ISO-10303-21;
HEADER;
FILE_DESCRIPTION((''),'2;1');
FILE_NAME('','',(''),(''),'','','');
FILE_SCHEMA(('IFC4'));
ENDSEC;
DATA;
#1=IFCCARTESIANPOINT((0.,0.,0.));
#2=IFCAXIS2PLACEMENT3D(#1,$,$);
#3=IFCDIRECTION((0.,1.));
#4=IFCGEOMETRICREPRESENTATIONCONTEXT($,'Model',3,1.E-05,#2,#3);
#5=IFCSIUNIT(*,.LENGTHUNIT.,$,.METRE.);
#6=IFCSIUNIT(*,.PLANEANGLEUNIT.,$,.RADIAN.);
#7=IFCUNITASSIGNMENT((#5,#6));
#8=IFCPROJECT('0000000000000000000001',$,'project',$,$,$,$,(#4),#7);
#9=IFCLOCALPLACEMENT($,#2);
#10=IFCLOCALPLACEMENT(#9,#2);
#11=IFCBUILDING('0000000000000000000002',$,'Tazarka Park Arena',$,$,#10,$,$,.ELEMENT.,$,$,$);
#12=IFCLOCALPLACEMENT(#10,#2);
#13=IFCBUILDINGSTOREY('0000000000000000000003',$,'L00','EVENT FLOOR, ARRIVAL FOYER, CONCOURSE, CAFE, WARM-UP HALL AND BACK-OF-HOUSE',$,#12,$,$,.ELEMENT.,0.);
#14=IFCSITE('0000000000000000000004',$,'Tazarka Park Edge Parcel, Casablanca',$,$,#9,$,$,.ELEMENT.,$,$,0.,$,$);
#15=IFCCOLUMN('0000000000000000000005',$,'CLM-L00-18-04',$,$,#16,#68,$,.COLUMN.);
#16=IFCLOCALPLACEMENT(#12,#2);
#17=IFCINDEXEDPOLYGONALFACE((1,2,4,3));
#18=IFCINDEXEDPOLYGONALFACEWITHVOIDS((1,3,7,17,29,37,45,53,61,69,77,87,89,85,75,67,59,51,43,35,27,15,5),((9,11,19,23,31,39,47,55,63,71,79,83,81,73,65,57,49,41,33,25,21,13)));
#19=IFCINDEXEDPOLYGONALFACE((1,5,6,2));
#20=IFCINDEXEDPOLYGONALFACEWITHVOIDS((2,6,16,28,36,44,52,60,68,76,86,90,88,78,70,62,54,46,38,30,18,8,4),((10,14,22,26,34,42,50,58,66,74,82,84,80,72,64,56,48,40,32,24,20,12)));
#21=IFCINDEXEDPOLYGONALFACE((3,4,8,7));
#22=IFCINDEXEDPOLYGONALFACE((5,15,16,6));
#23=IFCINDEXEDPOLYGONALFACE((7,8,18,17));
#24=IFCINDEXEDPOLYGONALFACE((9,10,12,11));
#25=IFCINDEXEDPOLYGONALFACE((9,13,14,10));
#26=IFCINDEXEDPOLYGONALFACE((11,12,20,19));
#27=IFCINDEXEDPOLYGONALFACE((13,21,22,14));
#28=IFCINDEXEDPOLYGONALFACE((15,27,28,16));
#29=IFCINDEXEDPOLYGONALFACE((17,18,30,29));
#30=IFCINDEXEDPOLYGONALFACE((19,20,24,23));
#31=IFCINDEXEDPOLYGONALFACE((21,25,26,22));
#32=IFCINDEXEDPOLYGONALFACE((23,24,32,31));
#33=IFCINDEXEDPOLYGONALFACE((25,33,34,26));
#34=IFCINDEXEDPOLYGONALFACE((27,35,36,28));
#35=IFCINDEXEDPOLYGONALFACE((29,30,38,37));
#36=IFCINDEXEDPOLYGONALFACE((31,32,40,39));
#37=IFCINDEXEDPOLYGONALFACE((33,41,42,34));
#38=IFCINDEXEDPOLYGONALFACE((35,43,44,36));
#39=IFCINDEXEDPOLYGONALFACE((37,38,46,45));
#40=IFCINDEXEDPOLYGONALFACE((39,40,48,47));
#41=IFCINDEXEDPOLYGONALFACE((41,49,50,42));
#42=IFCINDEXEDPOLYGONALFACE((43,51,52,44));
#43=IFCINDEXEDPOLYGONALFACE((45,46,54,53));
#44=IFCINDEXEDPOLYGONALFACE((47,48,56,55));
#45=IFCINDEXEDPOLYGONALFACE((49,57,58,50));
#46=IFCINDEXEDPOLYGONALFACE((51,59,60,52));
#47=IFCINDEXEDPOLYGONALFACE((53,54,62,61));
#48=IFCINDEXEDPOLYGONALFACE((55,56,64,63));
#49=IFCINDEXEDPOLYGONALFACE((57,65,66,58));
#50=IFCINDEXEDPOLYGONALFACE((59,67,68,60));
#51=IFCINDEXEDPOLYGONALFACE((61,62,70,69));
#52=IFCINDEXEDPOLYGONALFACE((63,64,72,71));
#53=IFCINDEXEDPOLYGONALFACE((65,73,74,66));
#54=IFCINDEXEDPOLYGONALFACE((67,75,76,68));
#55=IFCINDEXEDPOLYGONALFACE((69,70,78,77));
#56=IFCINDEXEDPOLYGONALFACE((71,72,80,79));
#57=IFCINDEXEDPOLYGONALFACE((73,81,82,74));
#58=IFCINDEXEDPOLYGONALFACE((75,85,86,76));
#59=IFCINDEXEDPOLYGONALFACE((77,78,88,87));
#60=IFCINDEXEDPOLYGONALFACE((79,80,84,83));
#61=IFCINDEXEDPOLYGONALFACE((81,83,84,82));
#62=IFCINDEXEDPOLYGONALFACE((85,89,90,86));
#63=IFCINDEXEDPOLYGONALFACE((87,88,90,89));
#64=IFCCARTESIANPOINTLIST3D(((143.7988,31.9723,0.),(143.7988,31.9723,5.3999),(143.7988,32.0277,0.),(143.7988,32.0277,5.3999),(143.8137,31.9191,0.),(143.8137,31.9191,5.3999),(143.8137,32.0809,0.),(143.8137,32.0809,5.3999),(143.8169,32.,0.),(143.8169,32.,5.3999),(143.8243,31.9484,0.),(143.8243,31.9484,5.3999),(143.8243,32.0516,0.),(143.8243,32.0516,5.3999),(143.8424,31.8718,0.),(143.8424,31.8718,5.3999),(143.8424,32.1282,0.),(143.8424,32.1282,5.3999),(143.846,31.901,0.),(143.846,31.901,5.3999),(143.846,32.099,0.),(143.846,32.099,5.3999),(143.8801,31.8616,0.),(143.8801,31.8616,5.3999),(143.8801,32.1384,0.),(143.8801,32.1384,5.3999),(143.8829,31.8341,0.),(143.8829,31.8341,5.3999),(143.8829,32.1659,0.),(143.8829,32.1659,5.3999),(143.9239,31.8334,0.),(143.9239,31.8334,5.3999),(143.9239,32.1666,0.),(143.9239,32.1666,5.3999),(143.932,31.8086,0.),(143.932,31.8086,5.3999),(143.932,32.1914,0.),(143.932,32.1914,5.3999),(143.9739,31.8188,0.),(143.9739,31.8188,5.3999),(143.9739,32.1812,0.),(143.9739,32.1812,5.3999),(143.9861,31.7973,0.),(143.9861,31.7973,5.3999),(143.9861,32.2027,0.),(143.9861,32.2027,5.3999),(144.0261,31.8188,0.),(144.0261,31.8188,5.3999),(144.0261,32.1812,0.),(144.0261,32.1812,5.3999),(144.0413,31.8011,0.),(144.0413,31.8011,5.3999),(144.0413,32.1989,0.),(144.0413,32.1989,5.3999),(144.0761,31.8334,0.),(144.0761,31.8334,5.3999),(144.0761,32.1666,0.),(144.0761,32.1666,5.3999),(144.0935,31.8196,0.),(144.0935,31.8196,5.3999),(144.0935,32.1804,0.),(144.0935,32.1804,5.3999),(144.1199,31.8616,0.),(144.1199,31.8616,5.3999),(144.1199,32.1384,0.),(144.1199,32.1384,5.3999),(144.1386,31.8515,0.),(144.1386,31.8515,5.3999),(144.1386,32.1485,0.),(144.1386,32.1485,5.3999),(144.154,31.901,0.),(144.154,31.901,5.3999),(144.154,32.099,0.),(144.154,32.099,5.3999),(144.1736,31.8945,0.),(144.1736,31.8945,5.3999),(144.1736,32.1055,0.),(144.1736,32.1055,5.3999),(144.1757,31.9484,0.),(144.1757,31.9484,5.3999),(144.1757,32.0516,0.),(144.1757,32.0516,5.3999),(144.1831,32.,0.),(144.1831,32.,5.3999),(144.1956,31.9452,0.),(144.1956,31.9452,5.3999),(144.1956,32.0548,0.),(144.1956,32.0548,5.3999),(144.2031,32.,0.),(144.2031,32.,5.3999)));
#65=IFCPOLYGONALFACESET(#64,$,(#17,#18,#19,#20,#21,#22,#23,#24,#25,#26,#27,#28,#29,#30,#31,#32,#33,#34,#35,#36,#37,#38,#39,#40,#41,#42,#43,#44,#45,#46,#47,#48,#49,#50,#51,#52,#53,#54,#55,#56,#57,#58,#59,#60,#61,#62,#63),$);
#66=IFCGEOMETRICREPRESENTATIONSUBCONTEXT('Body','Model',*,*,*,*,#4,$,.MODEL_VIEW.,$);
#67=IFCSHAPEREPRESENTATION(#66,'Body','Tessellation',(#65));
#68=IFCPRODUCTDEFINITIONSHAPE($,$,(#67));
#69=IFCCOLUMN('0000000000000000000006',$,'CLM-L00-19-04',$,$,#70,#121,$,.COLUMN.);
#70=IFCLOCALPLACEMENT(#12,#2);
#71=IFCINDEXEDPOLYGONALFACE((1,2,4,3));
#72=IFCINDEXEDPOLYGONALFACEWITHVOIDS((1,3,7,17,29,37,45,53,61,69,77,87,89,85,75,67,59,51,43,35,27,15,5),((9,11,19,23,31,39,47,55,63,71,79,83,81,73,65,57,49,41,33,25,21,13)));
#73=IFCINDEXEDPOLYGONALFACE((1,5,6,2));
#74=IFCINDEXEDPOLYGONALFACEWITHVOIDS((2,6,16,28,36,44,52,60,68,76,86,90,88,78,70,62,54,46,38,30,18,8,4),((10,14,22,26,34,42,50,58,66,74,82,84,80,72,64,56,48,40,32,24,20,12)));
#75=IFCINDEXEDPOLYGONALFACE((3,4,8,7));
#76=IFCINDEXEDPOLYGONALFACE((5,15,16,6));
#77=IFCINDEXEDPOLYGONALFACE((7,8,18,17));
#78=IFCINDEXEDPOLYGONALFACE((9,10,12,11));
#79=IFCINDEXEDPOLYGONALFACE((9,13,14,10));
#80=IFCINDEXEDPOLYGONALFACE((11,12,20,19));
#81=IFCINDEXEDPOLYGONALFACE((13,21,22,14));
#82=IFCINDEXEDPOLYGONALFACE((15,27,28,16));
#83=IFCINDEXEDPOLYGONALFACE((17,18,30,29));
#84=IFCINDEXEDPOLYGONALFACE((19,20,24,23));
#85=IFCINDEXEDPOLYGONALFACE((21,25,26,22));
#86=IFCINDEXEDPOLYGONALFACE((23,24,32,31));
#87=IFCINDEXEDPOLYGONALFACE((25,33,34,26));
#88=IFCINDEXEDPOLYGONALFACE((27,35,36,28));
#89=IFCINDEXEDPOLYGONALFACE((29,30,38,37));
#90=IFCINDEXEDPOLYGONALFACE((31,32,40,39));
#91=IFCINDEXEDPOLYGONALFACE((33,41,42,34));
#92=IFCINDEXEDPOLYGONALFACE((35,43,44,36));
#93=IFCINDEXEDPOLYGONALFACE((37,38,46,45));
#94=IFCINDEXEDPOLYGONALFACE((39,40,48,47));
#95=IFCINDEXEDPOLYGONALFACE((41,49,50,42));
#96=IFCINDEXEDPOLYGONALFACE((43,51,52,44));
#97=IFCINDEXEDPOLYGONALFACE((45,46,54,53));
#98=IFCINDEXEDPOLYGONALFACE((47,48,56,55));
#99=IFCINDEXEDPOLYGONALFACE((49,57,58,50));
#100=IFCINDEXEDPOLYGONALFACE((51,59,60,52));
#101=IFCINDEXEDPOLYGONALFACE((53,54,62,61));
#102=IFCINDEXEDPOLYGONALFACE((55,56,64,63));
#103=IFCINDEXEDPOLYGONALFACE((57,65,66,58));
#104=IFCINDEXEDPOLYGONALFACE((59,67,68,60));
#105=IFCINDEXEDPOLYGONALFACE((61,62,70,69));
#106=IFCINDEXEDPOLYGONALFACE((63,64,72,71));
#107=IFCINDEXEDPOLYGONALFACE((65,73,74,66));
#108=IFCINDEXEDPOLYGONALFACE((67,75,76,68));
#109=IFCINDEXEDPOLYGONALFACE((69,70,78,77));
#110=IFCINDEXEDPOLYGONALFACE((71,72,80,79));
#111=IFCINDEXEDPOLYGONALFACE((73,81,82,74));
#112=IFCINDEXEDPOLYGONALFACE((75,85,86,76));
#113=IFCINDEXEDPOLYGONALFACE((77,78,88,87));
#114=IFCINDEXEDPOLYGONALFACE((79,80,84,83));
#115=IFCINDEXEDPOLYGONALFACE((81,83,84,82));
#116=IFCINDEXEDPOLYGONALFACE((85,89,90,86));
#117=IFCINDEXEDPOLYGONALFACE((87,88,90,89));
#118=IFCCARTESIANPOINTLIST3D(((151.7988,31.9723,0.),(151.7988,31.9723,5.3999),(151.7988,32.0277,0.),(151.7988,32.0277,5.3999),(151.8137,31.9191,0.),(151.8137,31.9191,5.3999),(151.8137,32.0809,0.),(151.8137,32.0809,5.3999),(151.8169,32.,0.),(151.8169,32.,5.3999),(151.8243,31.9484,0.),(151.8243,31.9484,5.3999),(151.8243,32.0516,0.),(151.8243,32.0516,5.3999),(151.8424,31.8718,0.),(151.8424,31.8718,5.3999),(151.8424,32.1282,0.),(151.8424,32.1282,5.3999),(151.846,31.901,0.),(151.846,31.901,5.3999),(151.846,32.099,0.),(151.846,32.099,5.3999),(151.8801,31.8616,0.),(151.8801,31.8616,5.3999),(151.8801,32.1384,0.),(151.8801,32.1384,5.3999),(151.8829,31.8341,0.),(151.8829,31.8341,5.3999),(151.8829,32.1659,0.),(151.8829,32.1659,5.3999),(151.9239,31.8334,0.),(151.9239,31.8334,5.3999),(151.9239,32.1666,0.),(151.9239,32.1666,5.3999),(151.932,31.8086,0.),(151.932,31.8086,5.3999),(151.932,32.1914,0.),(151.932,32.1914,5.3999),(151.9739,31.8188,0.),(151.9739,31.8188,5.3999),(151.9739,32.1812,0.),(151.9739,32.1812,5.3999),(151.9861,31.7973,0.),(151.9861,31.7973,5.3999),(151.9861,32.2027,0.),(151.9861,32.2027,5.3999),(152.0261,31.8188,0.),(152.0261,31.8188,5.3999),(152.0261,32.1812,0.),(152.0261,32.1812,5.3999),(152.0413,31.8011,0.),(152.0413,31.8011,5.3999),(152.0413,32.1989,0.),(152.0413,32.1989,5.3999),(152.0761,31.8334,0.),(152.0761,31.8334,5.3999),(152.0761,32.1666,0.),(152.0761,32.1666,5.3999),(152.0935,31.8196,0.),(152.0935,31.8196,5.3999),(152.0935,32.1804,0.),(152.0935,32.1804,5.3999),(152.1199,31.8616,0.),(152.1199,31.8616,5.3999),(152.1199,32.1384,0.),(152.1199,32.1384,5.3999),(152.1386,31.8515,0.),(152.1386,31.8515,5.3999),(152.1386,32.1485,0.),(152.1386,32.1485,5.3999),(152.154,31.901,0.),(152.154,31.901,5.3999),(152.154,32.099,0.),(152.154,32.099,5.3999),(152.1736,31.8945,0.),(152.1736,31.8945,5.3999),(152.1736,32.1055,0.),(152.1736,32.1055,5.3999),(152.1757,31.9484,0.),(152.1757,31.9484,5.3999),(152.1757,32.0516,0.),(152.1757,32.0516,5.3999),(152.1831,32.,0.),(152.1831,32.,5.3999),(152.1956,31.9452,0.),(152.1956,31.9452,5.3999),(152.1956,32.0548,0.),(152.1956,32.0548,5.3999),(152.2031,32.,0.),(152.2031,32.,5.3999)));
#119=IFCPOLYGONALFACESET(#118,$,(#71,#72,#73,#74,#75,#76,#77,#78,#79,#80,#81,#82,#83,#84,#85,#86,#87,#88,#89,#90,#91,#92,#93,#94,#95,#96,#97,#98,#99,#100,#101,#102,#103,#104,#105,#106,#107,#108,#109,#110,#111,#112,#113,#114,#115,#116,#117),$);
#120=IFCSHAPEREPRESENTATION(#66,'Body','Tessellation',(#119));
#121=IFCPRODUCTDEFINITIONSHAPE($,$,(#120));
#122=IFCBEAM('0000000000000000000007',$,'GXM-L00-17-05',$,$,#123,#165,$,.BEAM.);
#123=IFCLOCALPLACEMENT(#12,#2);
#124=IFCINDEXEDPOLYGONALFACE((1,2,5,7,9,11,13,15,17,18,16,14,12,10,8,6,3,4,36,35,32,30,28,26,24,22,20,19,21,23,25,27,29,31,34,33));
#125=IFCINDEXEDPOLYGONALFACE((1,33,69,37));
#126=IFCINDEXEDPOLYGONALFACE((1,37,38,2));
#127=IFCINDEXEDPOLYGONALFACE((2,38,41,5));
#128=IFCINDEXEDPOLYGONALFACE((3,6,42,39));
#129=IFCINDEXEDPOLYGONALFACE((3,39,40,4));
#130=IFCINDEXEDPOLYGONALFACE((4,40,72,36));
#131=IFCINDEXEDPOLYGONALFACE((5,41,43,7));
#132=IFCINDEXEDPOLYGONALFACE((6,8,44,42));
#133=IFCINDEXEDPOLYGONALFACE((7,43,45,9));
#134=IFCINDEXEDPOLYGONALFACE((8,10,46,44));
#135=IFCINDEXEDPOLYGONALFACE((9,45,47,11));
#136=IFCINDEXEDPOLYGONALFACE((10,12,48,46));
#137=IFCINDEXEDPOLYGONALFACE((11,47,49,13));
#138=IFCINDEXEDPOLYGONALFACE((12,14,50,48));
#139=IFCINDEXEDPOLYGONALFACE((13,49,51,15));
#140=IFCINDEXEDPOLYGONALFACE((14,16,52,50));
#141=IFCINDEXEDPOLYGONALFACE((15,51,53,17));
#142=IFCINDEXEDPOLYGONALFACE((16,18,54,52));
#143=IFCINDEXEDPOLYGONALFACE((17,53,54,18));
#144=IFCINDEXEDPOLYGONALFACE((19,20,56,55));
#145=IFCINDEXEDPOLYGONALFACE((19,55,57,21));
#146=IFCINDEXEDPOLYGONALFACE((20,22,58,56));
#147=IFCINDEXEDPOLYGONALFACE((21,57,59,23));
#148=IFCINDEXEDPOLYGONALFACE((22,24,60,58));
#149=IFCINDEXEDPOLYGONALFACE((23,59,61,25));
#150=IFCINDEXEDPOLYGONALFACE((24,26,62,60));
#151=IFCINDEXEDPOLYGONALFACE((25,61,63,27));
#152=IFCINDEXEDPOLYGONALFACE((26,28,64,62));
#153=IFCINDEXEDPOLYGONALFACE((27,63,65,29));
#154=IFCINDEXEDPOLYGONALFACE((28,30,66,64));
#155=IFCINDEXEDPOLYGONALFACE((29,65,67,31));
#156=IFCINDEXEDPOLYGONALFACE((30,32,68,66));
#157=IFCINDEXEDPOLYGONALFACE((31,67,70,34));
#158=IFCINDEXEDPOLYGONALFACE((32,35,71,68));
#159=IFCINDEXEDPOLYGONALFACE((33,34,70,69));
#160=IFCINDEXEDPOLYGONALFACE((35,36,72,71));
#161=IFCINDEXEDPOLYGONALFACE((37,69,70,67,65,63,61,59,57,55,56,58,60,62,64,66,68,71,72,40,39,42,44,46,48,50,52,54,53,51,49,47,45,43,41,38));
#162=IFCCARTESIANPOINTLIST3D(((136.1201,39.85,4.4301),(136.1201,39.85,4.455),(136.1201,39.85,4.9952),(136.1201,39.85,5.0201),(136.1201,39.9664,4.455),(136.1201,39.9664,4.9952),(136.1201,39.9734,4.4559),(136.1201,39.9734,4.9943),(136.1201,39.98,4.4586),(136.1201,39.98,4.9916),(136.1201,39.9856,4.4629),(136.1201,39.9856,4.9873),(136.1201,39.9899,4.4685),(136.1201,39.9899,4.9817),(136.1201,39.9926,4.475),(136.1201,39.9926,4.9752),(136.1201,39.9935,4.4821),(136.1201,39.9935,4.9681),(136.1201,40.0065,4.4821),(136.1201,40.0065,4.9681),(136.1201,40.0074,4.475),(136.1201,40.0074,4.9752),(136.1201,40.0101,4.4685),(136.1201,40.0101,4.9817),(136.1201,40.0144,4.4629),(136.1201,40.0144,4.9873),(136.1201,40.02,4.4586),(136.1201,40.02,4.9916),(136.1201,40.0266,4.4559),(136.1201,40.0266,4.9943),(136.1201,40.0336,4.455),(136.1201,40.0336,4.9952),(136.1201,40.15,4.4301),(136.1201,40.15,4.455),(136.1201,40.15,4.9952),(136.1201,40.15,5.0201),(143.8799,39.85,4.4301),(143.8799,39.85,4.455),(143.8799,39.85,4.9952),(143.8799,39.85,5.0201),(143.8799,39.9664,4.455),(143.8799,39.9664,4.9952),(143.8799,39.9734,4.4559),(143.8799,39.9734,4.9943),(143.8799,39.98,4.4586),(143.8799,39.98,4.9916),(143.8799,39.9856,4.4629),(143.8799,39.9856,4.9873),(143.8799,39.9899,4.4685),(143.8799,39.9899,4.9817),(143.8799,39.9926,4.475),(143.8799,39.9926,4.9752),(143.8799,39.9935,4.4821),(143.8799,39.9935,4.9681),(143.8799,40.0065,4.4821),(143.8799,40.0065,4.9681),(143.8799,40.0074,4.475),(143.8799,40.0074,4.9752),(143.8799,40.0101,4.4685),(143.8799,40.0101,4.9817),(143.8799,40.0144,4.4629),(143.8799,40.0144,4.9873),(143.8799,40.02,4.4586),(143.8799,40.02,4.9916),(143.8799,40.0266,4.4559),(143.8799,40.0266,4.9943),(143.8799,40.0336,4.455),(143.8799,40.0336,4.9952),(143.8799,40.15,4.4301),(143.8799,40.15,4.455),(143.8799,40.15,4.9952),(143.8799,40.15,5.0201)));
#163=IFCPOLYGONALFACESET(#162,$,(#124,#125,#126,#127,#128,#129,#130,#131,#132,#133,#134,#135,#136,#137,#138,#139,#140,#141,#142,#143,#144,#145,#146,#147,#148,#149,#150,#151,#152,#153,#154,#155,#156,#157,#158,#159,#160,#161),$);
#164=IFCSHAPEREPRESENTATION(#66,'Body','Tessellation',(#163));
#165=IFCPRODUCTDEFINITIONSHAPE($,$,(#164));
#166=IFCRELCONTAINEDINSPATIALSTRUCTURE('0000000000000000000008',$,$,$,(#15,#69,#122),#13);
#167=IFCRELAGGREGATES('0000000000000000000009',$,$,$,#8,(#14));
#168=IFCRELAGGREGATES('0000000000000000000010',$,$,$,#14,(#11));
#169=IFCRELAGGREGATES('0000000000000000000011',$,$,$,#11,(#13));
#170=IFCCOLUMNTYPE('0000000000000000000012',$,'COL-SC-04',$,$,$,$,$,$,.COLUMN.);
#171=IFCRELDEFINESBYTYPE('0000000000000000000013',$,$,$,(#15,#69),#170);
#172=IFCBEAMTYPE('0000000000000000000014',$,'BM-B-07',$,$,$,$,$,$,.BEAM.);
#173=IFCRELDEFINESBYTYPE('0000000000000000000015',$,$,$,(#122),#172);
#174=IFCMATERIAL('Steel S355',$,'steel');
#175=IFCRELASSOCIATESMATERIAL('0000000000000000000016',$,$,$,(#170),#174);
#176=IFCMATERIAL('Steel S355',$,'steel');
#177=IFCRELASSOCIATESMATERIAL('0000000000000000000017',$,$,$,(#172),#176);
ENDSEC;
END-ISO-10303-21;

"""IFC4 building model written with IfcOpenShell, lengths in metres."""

from ifc_helpers import new_model, si_unit, direction, frame, origin, origin_2d, place, context, subcontext, project, spatial, hollow_circle, i_section, extrude, material, material_profile, profile_set, type_object, element, save


model = new_model("IFC4")

# Units and contexts
model_context = context("Model", 3, precision=1e-05, world=origin(), true_north=direction((0.0, 1.0)))
body_context = subcontext(model_context, "Body", "Model", "MODEL_VIEW")
ifc_project = project(units=[si_unit("LENGTHUNIT", "METRE"), si_unit("PLANEANGLEUNIT", "RADIAN")], contexts=[model_context])

# Site, building, storey
site_placement = place(None, origin())
site = spatial("IfcSite", under=ifc_project, at=site_placement, Name="Tazarka Park Edge Parcel, Casablanca", CompositionType="ELEMENT", RefElevation=0.0)
building_placement = place(site_placement, origin())
building = spatial("IfcBuilding", under=site, at=building_placement, Name="Tazarka Park Arena", CompositionType="ELEMENT")
storey_placement = place(building_placement, origin())
storey = spatial("IfcBuildingStorey", under=building, at=storey_placement, Name="L00", Description="EVENT FLOOR, ARRIVAL FOYER, CONCOURSE, CAFE, WARM-UP HALL AND BACK-OF-HOUSE", CompositionType="ELEMENT", Elevation=0.0)

# Columns
ifc_material_1 = material(Name="Steel S355", Category="steel")
ifc_material_profile_1 = material_profile(ifc_material_1, hollow_circle(Radius=0.2031, WallThickness=0.02, at=origin_2d()), Name="Steel S355")
ifc_profile_set_1 = profile_set([ifc_material_profile_1], Name="Steel S355")
column_type_1 = type_object("IfcColumnType", Name="COL-SC-04", PredefinedType="COLUMN", material=ifc_profile_set_1)
for number, where, z_axis, x_axis, name in (
    (1, (144.0, 32.0, 0.0), (0.0, 0.0, 1.0), (1.0, 0.0, 0.0), "CLM-L00-18-04"),
    (2, (152.0, 32.0, 0.0), (0.0, 0.0, 1.0), (1.0, 0.0, 0.0), "CLM-L00-19-04"),
):
    element("IfcColumn", number, at=place(storey_placement, frame(where, z_axis=z_axis, x_axis=x_axis)), inside=storey, type_object=column_type_1, Name=name, PredefinedType="COLUMN", context=body_context, shape_type="SweptSolid", body=[
        extrude(hollow_circle(Radius=0.2031, WallThickness=0.02, at=origin_2d()), origin(), (0.0, 0.0, 1.0), 5.3999),
    ])

# Beam
ifc_material_2 = material(Name="Steel S355", Category="steel")
ifc_material_profile_2 = material_profile(ifc_material_2, i_section(OverallWidth=0.3, OverallDepth=0.5901, WebThickness=0.0129, FlangeThickness=0.0249, FilletRadius=0.0271, at=origin_2d()), Name="Steel S355")
ifc_profile_set_2 = profile_set([ifc_material_profile_2], Name="Steel S355")
beam_type_1 = type_object("IfcBeamType", Name="BM-B-07", PredefinedType="BEAM", material=ifc_profile_set_2)
for number, where, z_axis, x_axis, name in (
    (3, (136.1201, 40.0, 4.7251), (1.0, 0.0, 0.0), (0.0, 1.0, 0.0), "GXM-L00-17-05"),
):
    element("IfcBeam", number, at=place(storey_placement, frame(where, z_axis=z_axis, x_axis=x_axis)), inside=storey, type_object=beam_type_1, Name=name, PredefinedType="BEAM", context=body_context, shape_type="SweptSolid", body=[
        extrude(i_section(OverallWidth=0.3, OverallDepth=0.5901, WebThickness=0.0129, FlangeThickness=0.0249, FilletRadius=0.0271, at=origin_2d()), origin(), (0.0, 0.0, 1.0), 7.7598),
    ])

save(model, "model.ifc")
